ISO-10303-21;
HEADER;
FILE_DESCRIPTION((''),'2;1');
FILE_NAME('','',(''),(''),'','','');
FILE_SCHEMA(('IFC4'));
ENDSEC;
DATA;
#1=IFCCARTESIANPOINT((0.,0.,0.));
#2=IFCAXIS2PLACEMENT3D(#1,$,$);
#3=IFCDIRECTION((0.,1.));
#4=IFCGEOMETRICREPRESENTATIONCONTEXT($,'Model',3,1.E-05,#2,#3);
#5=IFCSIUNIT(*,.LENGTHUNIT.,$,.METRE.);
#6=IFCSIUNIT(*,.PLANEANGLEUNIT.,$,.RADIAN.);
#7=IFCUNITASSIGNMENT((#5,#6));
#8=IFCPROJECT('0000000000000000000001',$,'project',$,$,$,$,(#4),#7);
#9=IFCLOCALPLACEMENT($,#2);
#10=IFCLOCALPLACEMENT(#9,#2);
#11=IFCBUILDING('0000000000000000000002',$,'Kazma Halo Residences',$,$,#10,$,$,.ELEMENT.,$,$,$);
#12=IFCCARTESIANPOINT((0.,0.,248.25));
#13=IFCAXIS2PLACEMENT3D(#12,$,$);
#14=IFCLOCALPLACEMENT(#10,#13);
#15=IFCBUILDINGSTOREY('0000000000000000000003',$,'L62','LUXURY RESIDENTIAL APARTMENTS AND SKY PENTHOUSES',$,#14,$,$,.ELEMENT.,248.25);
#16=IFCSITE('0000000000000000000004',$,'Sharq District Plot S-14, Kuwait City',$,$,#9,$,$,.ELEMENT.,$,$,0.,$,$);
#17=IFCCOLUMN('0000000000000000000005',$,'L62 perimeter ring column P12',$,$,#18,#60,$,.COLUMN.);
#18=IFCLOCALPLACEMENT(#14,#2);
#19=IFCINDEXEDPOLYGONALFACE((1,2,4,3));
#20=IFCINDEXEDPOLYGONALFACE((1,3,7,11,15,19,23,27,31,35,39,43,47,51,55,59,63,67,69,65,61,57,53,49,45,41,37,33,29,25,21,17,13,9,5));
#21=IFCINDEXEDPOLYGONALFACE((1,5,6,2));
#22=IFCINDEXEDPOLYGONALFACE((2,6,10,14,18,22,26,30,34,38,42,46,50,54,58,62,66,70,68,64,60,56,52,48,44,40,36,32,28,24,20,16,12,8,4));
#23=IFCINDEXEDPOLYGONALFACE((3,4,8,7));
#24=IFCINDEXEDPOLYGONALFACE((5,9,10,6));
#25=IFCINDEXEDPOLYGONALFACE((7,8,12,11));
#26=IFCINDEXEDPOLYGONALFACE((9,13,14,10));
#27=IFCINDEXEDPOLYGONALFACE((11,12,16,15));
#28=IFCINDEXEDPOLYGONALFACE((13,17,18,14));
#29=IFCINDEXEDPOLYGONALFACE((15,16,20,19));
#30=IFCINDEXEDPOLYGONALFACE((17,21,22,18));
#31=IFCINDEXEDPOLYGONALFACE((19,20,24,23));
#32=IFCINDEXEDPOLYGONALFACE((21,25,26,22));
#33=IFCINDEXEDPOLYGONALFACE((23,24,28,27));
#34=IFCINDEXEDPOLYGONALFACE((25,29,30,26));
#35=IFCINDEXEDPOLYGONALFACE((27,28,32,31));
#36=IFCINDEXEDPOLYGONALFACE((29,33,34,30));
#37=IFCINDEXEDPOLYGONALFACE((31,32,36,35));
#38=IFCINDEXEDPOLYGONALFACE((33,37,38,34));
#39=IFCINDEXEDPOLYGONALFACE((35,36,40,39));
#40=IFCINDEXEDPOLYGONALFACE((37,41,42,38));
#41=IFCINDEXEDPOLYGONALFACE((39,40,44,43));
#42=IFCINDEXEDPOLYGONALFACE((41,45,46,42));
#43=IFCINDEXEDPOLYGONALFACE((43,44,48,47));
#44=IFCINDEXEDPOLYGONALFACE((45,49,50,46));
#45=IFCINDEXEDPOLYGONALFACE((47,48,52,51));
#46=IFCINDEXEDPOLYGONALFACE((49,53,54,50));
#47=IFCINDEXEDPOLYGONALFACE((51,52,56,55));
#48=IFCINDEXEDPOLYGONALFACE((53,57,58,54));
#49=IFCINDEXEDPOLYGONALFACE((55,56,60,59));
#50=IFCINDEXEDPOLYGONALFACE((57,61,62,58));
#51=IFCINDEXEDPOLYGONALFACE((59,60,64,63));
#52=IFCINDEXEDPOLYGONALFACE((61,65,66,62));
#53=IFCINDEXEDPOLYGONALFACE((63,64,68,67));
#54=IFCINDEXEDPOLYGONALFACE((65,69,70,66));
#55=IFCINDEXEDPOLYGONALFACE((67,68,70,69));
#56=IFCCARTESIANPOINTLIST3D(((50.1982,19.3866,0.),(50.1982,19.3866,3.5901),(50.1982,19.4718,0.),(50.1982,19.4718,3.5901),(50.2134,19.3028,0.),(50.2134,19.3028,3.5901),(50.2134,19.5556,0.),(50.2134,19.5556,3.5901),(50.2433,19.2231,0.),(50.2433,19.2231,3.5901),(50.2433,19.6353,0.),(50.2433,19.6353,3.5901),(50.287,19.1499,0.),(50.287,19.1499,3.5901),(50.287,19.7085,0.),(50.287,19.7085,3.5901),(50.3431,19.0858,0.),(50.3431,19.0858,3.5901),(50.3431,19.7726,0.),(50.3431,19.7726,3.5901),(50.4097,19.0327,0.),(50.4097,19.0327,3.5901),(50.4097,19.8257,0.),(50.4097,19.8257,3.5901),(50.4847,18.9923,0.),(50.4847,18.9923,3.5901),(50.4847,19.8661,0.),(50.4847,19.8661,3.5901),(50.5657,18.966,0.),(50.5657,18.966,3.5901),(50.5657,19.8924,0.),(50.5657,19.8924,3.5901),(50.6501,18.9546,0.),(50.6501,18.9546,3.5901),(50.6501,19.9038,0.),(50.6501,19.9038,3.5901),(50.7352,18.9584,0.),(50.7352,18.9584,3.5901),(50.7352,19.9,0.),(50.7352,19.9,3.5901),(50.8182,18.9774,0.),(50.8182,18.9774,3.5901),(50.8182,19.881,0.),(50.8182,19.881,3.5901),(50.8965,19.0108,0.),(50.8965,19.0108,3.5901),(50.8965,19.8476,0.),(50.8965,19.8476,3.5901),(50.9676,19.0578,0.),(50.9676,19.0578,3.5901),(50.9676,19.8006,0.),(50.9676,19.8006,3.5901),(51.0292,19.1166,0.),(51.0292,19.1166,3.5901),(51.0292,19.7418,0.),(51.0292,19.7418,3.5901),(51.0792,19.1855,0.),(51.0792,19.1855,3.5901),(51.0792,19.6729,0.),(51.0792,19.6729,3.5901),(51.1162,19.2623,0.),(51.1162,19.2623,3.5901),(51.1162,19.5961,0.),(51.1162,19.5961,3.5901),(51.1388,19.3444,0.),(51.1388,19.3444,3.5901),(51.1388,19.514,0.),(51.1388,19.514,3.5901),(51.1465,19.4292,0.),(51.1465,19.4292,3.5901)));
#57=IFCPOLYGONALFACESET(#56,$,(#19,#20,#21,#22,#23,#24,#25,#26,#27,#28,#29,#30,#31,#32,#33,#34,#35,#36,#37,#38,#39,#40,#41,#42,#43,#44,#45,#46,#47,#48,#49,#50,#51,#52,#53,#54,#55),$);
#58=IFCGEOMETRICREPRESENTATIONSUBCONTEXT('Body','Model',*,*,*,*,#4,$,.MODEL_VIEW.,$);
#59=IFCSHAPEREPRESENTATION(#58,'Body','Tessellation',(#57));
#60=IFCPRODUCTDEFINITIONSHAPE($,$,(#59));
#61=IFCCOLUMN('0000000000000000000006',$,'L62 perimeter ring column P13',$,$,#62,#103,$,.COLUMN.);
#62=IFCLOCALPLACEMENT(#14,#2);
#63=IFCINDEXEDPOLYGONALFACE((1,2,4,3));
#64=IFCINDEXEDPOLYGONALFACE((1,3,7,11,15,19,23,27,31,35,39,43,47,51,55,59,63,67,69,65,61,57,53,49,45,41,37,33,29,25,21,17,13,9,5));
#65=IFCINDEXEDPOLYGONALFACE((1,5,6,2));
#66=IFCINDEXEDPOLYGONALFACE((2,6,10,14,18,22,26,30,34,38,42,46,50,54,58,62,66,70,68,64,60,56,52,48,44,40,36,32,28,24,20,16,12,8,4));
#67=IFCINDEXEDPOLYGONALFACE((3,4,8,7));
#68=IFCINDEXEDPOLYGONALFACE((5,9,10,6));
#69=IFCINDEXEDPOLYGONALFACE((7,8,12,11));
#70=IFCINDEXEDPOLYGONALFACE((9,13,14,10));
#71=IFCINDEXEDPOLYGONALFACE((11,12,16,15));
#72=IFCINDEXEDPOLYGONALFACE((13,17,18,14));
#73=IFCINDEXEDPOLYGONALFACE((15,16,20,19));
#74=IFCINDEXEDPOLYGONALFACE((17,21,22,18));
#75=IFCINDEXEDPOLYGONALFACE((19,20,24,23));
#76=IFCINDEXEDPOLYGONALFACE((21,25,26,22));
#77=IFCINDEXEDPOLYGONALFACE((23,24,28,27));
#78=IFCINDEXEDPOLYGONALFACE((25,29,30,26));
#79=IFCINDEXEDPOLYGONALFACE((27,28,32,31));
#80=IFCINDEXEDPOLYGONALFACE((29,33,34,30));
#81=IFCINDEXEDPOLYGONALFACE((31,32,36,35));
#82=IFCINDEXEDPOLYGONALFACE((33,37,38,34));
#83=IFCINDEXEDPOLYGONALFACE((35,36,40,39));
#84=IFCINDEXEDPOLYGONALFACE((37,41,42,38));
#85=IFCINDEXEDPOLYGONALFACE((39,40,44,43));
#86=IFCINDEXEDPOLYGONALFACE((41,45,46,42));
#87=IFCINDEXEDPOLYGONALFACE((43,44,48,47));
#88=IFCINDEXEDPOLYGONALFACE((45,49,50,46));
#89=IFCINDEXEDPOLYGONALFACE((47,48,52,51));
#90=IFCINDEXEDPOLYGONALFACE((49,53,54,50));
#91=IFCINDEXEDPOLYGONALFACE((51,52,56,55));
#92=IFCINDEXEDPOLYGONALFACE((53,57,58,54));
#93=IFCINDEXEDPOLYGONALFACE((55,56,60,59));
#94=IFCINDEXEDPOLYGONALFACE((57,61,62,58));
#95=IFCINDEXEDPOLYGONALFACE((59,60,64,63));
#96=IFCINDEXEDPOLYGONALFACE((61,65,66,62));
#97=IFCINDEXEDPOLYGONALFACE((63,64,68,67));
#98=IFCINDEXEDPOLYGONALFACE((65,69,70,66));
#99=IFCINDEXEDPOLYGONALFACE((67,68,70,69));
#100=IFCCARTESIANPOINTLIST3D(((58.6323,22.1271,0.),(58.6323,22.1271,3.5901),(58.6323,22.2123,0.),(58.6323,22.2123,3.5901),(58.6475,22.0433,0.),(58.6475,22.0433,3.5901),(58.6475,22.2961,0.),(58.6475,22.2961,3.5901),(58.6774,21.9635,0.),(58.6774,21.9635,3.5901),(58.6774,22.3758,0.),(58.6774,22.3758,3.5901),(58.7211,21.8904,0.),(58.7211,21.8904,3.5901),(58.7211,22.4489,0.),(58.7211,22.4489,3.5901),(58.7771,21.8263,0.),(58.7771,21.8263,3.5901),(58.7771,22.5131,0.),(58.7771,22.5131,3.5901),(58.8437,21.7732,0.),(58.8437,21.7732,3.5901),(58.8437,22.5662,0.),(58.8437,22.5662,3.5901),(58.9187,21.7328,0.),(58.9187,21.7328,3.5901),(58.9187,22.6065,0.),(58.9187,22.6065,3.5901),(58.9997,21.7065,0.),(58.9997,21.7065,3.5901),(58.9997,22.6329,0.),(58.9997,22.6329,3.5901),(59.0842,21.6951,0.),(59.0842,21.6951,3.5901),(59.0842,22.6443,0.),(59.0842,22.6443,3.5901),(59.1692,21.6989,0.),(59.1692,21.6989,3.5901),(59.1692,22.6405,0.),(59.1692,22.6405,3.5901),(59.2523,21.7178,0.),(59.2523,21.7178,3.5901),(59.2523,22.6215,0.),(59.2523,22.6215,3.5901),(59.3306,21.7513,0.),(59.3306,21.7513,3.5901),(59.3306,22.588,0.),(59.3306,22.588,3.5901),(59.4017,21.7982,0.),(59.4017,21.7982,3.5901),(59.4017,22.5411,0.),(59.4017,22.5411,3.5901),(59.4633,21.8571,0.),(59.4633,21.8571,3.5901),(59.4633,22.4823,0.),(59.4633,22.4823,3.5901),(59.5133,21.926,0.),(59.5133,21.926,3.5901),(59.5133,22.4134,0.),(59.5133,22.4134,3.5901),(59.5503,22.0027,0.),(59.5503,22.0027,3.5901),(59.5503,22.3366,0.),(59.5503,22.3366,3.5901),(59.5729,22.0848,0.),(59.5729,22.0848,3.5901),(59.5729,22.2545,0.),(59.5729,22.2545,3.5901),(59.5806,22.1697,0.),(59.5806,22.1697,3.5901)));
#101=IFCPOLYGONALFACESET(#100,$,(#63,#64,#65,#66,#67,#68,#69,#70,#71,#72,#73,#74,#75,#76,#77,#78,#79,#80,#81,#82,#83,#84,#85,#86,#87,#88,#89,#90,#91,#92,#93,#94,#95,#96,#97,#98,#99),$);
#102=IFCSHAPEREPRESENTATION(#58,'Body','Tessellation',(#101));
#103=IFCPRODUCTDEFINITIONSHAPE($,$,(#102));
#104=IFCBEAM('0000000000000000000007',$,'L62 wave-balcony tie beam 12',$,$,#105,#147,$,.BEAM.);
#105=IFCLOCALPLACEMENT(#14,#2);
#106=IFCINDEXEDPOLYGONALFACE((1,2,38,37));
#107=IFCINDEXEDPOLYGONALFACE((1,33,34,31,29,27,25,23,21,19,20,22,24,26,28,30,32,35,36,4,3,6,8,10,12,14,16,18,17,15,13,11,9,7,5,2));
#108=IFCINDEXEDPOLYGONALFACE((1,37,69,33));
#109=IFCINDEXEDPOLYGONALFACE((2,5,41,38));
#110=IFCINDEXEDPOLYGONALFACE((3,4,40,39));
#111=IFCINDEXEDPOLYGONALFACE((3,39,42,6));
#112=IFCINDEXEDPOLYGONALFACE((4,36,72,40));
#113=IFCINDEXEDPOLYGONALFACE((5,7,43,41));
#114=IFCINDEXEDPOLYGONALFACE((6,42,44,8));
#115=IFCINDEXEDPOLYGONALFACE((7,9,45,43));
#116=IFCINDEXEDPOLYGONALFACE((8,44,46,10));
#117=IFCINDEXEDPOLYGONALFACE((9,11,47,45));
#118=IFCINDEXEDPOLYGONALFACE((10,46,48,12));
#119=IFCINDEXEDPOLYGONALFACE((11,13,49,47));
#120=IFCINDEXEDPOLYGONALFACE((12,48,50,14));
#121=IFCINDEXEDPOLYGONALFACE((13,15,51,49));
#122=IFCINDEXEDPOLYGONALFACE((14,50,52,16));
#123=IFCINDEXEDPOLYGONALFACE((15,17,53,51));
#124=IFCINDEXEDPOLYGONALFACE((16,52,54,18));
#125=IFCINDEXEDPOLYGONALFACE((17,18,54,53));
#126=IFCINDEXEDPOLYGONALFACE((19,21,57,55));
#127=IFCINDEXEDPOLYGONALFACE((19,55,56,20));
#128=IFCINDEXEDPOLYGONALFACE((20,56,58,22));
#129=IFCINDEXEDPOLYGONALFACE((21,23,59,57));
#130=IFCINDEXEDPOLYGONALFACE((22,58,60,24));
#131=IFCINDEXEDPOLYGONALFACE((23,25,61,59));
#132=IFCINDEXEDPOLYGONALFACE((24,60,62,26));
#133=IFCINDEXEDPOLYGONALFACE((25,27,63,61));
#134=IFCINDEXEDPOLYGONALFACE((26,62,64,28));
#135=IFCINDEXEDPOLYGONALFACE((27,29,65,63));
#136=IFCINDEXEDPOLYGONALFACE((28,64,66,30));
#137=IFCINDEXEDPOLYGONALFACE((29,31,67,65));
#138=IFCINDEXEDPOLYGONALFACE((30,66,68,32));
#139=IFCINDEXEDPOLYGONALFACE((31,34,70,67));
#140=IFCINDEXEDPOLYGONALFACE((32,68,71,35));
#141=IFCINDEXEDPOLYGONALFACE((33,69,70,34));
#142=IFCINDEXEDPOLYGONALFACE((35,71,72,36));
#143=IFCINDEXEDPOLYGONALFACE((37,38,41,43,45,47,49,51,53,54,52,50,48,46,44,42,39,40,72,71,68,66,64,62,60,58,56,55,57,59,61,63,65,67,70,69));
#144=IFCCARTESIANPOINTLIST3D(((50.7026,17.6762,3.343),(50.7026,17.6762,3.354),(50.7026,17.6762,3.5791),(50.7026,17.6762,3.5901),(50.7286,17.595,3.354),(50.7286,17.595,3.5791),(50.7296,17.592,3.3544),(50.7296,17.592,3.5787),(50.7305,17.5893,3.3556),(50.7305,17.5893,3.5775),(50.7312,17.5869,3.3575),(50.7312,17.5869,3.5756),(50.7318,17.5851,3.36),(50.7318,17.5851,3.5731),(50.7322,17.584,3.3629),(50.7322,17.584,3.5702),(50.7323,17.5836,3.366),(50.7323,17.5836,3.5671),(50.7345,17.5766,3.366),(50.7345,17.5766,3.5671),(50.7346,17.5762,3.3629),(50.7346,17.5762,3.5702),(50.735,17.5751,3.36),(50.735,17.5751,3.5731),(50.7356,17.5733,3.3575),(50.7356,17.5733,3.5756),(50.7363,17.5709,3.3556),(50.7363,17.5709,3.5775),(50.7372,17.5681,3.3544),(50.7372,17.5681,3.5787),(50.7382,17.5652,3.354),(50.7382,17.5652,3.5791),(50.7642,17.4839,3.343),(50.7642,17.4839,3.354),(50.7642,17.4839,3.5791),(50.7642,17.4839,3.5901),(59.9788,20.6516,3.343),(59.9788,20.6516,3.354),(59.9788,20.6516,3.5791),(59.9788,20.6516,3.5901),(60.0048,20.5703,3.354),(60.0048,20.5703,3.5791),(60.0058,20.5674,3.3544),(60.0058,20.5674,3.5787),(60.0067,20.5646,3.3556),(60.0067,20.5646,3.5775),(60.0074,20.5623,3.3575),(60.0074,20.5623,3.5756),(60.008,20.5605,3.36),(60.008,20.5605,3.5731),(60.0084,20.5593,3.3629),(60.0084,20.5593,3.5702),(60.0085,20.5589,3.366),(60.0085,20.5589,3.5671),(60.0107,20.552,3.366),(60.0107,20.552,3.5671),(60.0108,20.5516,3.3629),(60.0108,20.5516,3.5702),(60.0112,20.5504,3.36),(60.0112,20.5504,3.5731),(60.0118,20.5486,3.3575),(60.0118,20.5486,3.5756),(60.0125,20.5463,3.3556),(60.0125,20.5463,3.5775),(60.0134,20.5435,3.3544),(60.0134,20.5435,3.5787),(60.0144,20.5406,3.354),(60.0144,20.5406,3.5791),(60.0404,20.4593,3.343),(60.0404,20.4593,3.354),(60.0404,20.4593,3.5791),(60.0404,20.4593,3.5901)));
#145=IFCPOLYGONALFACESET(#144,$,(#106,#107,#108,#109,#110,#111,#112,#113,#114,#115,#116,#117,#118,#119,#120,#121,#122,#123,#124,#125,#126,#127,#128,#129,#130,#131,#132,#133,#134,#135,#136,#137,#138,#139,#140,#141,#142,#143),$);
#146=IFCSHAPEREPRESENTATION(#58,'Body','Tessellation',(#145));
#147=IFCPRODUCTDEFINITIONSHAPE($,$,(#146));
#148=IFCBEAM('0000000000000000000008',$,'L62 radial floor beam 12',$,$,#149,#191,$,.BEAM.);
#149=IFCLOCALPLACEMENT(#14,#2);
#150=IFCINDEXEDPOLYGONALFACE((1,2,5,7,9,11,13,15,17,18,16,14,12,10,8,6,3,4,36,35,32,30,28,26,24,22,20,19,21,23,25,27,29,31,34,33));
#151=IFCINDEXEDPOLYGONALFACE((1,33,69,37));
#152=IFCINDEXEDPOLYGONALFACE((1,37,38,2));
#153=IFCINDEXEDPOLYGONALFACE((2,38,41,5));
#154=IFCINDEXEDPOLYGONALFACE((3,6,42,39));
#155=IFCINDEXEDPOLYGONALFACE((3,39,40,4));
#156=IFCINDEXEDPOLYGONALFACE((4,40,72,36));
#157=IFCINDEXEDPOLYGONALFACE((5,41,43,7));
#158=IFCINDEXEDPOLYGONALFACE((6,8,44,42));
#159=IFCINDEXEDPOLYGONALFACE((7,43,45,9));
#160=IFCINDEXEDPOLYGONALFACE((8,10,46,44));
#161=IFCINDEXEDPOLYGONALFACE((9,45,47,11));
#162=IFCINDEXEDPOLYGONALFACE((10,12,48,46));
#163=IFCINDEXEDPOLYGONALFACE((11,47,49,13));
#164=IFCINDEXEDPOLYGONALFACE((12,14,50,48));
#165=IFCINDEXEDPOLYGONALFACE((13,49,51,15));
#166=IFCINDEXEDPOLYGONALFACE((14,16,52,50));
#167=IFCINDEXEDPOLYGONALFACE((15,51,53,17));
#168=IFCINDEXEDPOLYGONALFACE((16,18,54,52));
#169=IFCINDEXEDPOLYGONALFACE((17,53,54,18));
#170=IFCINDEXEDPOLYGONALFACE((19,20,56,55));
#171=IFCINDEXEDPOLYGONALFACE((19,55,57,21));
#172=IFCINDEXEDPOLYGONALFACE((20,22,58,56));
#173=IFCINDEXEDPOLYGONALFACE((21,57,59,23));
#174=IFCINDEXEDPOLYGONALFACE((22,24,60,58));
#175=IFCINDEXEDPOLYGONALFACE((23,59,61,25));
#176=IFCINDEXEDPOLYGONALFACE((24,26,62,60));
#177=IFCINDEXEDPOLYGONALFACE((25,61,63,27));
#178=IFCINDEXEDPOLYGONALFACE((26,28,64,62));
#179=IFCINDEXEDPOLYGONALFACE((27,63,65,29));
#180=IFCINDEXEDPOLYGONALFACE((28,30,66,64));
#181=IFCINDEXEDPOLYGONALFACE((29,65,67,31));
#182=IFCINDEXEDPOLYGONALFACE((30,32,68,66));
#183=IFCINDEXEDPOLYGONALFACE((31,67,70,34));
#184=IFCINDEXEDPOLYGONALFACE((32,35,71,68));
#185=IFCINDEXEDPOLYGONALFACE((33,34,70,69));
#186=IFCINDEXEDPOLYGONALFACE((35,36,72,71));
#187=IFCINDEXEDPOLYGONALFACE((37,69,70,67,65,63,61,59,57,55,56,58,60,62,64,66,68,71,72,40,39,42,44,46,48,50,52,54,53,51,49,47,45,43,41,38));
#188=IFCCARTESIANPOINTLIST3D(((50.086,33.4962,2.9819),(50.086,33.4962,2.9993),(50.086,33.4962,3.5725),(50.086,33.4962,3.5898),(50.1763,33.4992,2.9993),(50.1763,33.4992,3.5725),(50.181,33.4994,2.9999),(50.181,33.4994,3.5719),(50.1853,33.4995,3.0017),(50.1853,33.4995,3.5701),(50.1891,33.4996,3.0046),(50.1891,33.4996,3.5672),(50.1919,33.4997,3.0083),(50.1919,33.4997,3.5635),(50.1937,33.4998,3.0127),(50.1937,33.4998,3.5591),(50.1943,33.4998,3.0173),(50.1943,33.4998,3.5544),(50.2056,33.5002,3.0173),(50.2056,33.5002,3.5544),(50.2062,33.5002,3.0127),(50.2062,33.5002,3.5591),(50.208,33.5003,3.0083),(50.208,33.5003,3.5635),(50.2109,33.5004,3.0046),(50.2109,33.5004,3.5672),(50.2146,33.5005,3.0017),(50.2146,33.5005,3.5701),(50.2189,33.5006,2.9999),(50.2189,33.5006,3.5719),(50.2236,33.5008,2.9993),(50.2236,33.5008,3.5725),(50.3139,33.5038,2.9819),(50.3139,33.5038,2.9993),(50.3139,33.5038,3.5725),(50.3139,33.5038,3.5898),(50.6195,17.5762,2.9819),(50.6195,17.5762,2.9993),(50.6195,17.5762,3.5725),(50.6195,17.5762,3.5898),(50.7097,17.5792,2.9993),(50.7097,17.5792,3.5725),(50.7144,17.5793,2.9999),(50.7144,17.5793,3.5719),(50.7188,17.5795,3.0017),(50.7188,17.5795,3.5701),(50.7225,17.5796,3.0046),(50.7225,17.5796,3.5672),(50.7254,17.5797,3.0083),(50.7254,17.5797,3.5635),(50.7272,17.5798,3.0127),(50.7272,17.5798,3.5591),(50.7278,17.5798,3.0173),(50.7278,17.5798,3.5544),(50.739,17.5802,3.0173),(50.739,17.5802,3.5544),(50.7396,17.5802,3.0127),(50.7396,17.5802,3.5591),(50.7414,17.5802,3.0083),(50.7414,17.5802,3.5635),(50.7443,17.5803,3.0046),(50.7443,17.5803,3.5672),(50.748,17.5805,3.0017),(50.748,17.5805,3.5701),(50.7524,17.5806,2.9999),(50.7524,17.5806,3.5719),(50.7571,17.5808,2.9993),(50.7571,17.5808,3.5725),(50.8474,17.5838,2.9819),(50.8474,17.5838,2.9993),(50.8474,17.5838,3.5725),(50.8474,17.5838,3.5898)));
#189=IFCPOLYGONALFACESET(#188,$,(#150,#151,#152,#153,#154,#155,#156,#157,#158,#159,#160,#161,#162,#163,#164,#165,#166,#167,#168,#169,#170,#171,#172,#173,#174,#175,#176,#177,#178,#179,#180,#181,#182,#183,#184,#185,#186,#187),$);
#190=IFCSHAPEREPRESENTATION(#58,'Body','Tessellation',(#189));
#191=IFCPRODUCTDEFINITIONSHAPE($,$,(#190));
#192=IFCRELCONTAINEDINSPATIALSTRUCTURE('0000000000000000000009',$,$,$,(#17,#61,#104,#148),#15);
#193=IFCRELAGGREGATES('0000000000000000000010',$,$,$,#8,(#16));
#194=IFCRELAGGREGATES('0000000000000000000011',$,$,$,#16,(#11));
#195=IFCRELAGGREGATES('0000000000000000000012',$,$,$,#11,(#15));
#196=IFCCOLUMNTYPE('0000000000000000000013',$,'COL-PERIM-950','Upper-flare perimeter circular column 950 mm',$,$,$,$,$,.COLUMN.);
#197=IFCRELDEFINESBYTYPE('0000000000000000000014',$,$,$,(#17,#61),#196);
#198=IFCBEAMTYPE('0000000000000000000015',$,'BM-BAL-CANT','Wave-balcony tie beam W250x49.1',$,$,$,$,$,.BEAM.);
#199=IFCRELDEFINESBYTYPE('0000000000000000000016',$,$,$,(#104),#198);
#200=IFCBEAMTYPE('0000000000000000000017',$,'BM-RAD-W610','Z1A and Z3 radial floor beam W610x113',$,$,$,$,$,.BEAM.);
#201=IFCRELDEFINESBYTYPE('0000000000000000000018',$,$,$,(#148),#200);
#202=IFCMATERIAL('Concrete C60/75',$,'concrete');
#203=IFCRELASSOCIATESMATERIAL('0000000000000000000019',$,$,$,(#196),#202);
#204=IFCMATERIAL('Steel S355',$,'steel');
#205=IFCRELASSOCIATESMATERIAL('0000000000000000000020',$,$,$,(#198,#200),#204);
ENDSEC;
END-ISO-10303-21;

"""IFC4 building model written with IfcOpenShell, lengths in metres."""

from ifc_helpers import new_model, si_unit, direction, frame, origin, origin_2d, place, context, subcontext, project, spatial, circle, i_section, extrude, material, material_profile, profile_set, type_object, element, save


model = new_model("IFC4")

# Units and contexts
model_context = context("Model", 3, precision=1e-05, world=origin(), true_north=direction((0.0, 1.0)))
body_context = subcontext(model_context, "Body", "Model", "MODEL_VIEW")
ifc_project = project(units=[si_unit("LENGTHUNIT", "METRE"), si_unit("PLANEANGLEUNIT", "RADIAN")], contexts=[model_context])

# Site, building, storey
site_placement = place(None, origin())
site = spatial("IfcSite", under=ifc_project, at=site_placement, Name="Sharq District Plot S-14, Kuwait City", CompositionType="ELEMENT", RefElevation=0.0)
building_placement = place(site_placement, origin())
building = spatial("IfcBuilding", under=site, at=building_placement, Name="Kazma Halo Residences", CompositionType="ELEMENT")
storey_placement = place(building_placement, frame((0.0, 0.0, 248.25)))
storey = spatial("IfcBuildingStorey", under=building, at=storey_placement, Name="L62", Description="LUXURY RESIDENTIAL APARTMENTS AND SKY PENTHOUSES", CompositionType="ELEMENT", Elevation=248.25)

# Columns
ifc_material_1 = material(Name="Concrete C60/75", Category="concrete")
ifc_material_profile_1 = material_profile(ifc_material_1, circle(Radius=0.4751, at=origin_2d()), Name="CIRC950")
ifc_profile_set_1 = profile_set([ifc_material_profile_1], Name="Concrete C60/75")
column_type = type_object("IfcColumnType", Name="COL-PERIM-950", Description="Upper-flare perimeter circular column 950 mm", PredefinedType="COLUMN", material=ifc_profile_set_1)
for number, where, z_axis, x_axis, name in (
    (1, (50.6714, 19.4292, 0.0), (0.0, 0.0, 1.0), (1.0, 0.0, 0.0), "L62 perimeter ring column P12"),
    (2, (59.1055, 22.1697, 0.0), (0.0, 0.0, 1.0), (1.0, 0.0, 0.0), "L62 perimeter ring column P13"),
):
    element("IfcColumn", number, at=place(storey_placement, frame(where, z_axis=z_axis, x_axis=x_axis)), inside=storey, type_object=column_type, Name=name, PredefinedType="COLUMN", context=body_context, shape_type="SweptSolid", body=[
        extrude(circle(Radius=0.4751, at=origin_2d()), origin(), (0.0, 0.0, 1.0), 3.5901),
    ])

# Beams
ifc_material_2 = material(Name="Steel S355", Category="steel")
ifc_material_profile_2 = material_profile(ifc_material_2, i_section(OverallWidth=0.2019, OverallDepth=0.2471, WebThickness=0.0073, FlangeThickness=0.011, FilletRadius=0.012, at=origin_2d()), Name="W250x49.1")
ifc_profile_set_2 = profile_set([ifc_material_profile_2], Name="Steel S355")
beam_type_1 = type_object("IfcBeamType", Name="BM-BAL-CANT", Description="Wave-balcony tie beam W250x49.1", PredefinedType="BEAM", material=ifc_profile_set_2)
beam_1_placement = place(storey_placement, frame((50.7334, 17.5801, 3.4666), z_axis=(0.952216, 0.305426, 0.0), x_axis=(-0.305426, 0.952216, 0.0)))
element("IfcBeam", 3, at=beam_1_placement, inside=storey, type_object=beam_type_1, Name="L62 wave-balcony tie beam 12", PredefinedType="BEAM", context=body_context, shape_type="SweptSolid", body=[
    extrude(i_section(OverallWidth=0.2019, OverallDepth=0.2471, WebThickness=0.0073, FlangeThickness=0.011, FilletRadius=0.012, at=origin_2d()), origin(), (0.0, 0.0, 1.0), 9.7417),
])
ifc_material_profile_3 = material_profile(ifc_material_2, i_section(OverallWidth=0.228, OverallDepth=0.6079, WebThickness=0.0112, FlangeThickness=0.0173, FilletRadius=0.0181, at=origin_2d()), Name="W610x113")
ifc_profile_set_3 = profile_set([ifc_material_profile_3], Name="Steel S355")
beam_type_2 = type_object("IfcBeamType", Name="BM-RAD-W610", Description="Z1A and Z3 radial floor beam W610x113", PredefinedType="BEAM", material=ifc_profile_set_3)
beam_2_placement = place(storey_placement, frame((50.2, 33.5, 3.2859), z_axis=(0.033489, -0.999439, 0.0), x_axis=(0.999439, 0.033489, 0.0)))
element("IfcBeam", 4, at=beam_2_placement, inside=storey, type_object=beam_type_2, Name="L62 radial floor beam 12", PredefinedType="BEAM", context=body_context, shape_type="SweptSolid", body=[
    extrude(i_section(OverallWidth=0.228, OverallDepth=0.6079, WebThickness=0.0112, FlangeThickness=0.0173, FilletRadius=0.0181, at=origin_2d()), origin(), (0.0, 0.0, 1.0), 15.929),
])

save(model, "model.ifc")
